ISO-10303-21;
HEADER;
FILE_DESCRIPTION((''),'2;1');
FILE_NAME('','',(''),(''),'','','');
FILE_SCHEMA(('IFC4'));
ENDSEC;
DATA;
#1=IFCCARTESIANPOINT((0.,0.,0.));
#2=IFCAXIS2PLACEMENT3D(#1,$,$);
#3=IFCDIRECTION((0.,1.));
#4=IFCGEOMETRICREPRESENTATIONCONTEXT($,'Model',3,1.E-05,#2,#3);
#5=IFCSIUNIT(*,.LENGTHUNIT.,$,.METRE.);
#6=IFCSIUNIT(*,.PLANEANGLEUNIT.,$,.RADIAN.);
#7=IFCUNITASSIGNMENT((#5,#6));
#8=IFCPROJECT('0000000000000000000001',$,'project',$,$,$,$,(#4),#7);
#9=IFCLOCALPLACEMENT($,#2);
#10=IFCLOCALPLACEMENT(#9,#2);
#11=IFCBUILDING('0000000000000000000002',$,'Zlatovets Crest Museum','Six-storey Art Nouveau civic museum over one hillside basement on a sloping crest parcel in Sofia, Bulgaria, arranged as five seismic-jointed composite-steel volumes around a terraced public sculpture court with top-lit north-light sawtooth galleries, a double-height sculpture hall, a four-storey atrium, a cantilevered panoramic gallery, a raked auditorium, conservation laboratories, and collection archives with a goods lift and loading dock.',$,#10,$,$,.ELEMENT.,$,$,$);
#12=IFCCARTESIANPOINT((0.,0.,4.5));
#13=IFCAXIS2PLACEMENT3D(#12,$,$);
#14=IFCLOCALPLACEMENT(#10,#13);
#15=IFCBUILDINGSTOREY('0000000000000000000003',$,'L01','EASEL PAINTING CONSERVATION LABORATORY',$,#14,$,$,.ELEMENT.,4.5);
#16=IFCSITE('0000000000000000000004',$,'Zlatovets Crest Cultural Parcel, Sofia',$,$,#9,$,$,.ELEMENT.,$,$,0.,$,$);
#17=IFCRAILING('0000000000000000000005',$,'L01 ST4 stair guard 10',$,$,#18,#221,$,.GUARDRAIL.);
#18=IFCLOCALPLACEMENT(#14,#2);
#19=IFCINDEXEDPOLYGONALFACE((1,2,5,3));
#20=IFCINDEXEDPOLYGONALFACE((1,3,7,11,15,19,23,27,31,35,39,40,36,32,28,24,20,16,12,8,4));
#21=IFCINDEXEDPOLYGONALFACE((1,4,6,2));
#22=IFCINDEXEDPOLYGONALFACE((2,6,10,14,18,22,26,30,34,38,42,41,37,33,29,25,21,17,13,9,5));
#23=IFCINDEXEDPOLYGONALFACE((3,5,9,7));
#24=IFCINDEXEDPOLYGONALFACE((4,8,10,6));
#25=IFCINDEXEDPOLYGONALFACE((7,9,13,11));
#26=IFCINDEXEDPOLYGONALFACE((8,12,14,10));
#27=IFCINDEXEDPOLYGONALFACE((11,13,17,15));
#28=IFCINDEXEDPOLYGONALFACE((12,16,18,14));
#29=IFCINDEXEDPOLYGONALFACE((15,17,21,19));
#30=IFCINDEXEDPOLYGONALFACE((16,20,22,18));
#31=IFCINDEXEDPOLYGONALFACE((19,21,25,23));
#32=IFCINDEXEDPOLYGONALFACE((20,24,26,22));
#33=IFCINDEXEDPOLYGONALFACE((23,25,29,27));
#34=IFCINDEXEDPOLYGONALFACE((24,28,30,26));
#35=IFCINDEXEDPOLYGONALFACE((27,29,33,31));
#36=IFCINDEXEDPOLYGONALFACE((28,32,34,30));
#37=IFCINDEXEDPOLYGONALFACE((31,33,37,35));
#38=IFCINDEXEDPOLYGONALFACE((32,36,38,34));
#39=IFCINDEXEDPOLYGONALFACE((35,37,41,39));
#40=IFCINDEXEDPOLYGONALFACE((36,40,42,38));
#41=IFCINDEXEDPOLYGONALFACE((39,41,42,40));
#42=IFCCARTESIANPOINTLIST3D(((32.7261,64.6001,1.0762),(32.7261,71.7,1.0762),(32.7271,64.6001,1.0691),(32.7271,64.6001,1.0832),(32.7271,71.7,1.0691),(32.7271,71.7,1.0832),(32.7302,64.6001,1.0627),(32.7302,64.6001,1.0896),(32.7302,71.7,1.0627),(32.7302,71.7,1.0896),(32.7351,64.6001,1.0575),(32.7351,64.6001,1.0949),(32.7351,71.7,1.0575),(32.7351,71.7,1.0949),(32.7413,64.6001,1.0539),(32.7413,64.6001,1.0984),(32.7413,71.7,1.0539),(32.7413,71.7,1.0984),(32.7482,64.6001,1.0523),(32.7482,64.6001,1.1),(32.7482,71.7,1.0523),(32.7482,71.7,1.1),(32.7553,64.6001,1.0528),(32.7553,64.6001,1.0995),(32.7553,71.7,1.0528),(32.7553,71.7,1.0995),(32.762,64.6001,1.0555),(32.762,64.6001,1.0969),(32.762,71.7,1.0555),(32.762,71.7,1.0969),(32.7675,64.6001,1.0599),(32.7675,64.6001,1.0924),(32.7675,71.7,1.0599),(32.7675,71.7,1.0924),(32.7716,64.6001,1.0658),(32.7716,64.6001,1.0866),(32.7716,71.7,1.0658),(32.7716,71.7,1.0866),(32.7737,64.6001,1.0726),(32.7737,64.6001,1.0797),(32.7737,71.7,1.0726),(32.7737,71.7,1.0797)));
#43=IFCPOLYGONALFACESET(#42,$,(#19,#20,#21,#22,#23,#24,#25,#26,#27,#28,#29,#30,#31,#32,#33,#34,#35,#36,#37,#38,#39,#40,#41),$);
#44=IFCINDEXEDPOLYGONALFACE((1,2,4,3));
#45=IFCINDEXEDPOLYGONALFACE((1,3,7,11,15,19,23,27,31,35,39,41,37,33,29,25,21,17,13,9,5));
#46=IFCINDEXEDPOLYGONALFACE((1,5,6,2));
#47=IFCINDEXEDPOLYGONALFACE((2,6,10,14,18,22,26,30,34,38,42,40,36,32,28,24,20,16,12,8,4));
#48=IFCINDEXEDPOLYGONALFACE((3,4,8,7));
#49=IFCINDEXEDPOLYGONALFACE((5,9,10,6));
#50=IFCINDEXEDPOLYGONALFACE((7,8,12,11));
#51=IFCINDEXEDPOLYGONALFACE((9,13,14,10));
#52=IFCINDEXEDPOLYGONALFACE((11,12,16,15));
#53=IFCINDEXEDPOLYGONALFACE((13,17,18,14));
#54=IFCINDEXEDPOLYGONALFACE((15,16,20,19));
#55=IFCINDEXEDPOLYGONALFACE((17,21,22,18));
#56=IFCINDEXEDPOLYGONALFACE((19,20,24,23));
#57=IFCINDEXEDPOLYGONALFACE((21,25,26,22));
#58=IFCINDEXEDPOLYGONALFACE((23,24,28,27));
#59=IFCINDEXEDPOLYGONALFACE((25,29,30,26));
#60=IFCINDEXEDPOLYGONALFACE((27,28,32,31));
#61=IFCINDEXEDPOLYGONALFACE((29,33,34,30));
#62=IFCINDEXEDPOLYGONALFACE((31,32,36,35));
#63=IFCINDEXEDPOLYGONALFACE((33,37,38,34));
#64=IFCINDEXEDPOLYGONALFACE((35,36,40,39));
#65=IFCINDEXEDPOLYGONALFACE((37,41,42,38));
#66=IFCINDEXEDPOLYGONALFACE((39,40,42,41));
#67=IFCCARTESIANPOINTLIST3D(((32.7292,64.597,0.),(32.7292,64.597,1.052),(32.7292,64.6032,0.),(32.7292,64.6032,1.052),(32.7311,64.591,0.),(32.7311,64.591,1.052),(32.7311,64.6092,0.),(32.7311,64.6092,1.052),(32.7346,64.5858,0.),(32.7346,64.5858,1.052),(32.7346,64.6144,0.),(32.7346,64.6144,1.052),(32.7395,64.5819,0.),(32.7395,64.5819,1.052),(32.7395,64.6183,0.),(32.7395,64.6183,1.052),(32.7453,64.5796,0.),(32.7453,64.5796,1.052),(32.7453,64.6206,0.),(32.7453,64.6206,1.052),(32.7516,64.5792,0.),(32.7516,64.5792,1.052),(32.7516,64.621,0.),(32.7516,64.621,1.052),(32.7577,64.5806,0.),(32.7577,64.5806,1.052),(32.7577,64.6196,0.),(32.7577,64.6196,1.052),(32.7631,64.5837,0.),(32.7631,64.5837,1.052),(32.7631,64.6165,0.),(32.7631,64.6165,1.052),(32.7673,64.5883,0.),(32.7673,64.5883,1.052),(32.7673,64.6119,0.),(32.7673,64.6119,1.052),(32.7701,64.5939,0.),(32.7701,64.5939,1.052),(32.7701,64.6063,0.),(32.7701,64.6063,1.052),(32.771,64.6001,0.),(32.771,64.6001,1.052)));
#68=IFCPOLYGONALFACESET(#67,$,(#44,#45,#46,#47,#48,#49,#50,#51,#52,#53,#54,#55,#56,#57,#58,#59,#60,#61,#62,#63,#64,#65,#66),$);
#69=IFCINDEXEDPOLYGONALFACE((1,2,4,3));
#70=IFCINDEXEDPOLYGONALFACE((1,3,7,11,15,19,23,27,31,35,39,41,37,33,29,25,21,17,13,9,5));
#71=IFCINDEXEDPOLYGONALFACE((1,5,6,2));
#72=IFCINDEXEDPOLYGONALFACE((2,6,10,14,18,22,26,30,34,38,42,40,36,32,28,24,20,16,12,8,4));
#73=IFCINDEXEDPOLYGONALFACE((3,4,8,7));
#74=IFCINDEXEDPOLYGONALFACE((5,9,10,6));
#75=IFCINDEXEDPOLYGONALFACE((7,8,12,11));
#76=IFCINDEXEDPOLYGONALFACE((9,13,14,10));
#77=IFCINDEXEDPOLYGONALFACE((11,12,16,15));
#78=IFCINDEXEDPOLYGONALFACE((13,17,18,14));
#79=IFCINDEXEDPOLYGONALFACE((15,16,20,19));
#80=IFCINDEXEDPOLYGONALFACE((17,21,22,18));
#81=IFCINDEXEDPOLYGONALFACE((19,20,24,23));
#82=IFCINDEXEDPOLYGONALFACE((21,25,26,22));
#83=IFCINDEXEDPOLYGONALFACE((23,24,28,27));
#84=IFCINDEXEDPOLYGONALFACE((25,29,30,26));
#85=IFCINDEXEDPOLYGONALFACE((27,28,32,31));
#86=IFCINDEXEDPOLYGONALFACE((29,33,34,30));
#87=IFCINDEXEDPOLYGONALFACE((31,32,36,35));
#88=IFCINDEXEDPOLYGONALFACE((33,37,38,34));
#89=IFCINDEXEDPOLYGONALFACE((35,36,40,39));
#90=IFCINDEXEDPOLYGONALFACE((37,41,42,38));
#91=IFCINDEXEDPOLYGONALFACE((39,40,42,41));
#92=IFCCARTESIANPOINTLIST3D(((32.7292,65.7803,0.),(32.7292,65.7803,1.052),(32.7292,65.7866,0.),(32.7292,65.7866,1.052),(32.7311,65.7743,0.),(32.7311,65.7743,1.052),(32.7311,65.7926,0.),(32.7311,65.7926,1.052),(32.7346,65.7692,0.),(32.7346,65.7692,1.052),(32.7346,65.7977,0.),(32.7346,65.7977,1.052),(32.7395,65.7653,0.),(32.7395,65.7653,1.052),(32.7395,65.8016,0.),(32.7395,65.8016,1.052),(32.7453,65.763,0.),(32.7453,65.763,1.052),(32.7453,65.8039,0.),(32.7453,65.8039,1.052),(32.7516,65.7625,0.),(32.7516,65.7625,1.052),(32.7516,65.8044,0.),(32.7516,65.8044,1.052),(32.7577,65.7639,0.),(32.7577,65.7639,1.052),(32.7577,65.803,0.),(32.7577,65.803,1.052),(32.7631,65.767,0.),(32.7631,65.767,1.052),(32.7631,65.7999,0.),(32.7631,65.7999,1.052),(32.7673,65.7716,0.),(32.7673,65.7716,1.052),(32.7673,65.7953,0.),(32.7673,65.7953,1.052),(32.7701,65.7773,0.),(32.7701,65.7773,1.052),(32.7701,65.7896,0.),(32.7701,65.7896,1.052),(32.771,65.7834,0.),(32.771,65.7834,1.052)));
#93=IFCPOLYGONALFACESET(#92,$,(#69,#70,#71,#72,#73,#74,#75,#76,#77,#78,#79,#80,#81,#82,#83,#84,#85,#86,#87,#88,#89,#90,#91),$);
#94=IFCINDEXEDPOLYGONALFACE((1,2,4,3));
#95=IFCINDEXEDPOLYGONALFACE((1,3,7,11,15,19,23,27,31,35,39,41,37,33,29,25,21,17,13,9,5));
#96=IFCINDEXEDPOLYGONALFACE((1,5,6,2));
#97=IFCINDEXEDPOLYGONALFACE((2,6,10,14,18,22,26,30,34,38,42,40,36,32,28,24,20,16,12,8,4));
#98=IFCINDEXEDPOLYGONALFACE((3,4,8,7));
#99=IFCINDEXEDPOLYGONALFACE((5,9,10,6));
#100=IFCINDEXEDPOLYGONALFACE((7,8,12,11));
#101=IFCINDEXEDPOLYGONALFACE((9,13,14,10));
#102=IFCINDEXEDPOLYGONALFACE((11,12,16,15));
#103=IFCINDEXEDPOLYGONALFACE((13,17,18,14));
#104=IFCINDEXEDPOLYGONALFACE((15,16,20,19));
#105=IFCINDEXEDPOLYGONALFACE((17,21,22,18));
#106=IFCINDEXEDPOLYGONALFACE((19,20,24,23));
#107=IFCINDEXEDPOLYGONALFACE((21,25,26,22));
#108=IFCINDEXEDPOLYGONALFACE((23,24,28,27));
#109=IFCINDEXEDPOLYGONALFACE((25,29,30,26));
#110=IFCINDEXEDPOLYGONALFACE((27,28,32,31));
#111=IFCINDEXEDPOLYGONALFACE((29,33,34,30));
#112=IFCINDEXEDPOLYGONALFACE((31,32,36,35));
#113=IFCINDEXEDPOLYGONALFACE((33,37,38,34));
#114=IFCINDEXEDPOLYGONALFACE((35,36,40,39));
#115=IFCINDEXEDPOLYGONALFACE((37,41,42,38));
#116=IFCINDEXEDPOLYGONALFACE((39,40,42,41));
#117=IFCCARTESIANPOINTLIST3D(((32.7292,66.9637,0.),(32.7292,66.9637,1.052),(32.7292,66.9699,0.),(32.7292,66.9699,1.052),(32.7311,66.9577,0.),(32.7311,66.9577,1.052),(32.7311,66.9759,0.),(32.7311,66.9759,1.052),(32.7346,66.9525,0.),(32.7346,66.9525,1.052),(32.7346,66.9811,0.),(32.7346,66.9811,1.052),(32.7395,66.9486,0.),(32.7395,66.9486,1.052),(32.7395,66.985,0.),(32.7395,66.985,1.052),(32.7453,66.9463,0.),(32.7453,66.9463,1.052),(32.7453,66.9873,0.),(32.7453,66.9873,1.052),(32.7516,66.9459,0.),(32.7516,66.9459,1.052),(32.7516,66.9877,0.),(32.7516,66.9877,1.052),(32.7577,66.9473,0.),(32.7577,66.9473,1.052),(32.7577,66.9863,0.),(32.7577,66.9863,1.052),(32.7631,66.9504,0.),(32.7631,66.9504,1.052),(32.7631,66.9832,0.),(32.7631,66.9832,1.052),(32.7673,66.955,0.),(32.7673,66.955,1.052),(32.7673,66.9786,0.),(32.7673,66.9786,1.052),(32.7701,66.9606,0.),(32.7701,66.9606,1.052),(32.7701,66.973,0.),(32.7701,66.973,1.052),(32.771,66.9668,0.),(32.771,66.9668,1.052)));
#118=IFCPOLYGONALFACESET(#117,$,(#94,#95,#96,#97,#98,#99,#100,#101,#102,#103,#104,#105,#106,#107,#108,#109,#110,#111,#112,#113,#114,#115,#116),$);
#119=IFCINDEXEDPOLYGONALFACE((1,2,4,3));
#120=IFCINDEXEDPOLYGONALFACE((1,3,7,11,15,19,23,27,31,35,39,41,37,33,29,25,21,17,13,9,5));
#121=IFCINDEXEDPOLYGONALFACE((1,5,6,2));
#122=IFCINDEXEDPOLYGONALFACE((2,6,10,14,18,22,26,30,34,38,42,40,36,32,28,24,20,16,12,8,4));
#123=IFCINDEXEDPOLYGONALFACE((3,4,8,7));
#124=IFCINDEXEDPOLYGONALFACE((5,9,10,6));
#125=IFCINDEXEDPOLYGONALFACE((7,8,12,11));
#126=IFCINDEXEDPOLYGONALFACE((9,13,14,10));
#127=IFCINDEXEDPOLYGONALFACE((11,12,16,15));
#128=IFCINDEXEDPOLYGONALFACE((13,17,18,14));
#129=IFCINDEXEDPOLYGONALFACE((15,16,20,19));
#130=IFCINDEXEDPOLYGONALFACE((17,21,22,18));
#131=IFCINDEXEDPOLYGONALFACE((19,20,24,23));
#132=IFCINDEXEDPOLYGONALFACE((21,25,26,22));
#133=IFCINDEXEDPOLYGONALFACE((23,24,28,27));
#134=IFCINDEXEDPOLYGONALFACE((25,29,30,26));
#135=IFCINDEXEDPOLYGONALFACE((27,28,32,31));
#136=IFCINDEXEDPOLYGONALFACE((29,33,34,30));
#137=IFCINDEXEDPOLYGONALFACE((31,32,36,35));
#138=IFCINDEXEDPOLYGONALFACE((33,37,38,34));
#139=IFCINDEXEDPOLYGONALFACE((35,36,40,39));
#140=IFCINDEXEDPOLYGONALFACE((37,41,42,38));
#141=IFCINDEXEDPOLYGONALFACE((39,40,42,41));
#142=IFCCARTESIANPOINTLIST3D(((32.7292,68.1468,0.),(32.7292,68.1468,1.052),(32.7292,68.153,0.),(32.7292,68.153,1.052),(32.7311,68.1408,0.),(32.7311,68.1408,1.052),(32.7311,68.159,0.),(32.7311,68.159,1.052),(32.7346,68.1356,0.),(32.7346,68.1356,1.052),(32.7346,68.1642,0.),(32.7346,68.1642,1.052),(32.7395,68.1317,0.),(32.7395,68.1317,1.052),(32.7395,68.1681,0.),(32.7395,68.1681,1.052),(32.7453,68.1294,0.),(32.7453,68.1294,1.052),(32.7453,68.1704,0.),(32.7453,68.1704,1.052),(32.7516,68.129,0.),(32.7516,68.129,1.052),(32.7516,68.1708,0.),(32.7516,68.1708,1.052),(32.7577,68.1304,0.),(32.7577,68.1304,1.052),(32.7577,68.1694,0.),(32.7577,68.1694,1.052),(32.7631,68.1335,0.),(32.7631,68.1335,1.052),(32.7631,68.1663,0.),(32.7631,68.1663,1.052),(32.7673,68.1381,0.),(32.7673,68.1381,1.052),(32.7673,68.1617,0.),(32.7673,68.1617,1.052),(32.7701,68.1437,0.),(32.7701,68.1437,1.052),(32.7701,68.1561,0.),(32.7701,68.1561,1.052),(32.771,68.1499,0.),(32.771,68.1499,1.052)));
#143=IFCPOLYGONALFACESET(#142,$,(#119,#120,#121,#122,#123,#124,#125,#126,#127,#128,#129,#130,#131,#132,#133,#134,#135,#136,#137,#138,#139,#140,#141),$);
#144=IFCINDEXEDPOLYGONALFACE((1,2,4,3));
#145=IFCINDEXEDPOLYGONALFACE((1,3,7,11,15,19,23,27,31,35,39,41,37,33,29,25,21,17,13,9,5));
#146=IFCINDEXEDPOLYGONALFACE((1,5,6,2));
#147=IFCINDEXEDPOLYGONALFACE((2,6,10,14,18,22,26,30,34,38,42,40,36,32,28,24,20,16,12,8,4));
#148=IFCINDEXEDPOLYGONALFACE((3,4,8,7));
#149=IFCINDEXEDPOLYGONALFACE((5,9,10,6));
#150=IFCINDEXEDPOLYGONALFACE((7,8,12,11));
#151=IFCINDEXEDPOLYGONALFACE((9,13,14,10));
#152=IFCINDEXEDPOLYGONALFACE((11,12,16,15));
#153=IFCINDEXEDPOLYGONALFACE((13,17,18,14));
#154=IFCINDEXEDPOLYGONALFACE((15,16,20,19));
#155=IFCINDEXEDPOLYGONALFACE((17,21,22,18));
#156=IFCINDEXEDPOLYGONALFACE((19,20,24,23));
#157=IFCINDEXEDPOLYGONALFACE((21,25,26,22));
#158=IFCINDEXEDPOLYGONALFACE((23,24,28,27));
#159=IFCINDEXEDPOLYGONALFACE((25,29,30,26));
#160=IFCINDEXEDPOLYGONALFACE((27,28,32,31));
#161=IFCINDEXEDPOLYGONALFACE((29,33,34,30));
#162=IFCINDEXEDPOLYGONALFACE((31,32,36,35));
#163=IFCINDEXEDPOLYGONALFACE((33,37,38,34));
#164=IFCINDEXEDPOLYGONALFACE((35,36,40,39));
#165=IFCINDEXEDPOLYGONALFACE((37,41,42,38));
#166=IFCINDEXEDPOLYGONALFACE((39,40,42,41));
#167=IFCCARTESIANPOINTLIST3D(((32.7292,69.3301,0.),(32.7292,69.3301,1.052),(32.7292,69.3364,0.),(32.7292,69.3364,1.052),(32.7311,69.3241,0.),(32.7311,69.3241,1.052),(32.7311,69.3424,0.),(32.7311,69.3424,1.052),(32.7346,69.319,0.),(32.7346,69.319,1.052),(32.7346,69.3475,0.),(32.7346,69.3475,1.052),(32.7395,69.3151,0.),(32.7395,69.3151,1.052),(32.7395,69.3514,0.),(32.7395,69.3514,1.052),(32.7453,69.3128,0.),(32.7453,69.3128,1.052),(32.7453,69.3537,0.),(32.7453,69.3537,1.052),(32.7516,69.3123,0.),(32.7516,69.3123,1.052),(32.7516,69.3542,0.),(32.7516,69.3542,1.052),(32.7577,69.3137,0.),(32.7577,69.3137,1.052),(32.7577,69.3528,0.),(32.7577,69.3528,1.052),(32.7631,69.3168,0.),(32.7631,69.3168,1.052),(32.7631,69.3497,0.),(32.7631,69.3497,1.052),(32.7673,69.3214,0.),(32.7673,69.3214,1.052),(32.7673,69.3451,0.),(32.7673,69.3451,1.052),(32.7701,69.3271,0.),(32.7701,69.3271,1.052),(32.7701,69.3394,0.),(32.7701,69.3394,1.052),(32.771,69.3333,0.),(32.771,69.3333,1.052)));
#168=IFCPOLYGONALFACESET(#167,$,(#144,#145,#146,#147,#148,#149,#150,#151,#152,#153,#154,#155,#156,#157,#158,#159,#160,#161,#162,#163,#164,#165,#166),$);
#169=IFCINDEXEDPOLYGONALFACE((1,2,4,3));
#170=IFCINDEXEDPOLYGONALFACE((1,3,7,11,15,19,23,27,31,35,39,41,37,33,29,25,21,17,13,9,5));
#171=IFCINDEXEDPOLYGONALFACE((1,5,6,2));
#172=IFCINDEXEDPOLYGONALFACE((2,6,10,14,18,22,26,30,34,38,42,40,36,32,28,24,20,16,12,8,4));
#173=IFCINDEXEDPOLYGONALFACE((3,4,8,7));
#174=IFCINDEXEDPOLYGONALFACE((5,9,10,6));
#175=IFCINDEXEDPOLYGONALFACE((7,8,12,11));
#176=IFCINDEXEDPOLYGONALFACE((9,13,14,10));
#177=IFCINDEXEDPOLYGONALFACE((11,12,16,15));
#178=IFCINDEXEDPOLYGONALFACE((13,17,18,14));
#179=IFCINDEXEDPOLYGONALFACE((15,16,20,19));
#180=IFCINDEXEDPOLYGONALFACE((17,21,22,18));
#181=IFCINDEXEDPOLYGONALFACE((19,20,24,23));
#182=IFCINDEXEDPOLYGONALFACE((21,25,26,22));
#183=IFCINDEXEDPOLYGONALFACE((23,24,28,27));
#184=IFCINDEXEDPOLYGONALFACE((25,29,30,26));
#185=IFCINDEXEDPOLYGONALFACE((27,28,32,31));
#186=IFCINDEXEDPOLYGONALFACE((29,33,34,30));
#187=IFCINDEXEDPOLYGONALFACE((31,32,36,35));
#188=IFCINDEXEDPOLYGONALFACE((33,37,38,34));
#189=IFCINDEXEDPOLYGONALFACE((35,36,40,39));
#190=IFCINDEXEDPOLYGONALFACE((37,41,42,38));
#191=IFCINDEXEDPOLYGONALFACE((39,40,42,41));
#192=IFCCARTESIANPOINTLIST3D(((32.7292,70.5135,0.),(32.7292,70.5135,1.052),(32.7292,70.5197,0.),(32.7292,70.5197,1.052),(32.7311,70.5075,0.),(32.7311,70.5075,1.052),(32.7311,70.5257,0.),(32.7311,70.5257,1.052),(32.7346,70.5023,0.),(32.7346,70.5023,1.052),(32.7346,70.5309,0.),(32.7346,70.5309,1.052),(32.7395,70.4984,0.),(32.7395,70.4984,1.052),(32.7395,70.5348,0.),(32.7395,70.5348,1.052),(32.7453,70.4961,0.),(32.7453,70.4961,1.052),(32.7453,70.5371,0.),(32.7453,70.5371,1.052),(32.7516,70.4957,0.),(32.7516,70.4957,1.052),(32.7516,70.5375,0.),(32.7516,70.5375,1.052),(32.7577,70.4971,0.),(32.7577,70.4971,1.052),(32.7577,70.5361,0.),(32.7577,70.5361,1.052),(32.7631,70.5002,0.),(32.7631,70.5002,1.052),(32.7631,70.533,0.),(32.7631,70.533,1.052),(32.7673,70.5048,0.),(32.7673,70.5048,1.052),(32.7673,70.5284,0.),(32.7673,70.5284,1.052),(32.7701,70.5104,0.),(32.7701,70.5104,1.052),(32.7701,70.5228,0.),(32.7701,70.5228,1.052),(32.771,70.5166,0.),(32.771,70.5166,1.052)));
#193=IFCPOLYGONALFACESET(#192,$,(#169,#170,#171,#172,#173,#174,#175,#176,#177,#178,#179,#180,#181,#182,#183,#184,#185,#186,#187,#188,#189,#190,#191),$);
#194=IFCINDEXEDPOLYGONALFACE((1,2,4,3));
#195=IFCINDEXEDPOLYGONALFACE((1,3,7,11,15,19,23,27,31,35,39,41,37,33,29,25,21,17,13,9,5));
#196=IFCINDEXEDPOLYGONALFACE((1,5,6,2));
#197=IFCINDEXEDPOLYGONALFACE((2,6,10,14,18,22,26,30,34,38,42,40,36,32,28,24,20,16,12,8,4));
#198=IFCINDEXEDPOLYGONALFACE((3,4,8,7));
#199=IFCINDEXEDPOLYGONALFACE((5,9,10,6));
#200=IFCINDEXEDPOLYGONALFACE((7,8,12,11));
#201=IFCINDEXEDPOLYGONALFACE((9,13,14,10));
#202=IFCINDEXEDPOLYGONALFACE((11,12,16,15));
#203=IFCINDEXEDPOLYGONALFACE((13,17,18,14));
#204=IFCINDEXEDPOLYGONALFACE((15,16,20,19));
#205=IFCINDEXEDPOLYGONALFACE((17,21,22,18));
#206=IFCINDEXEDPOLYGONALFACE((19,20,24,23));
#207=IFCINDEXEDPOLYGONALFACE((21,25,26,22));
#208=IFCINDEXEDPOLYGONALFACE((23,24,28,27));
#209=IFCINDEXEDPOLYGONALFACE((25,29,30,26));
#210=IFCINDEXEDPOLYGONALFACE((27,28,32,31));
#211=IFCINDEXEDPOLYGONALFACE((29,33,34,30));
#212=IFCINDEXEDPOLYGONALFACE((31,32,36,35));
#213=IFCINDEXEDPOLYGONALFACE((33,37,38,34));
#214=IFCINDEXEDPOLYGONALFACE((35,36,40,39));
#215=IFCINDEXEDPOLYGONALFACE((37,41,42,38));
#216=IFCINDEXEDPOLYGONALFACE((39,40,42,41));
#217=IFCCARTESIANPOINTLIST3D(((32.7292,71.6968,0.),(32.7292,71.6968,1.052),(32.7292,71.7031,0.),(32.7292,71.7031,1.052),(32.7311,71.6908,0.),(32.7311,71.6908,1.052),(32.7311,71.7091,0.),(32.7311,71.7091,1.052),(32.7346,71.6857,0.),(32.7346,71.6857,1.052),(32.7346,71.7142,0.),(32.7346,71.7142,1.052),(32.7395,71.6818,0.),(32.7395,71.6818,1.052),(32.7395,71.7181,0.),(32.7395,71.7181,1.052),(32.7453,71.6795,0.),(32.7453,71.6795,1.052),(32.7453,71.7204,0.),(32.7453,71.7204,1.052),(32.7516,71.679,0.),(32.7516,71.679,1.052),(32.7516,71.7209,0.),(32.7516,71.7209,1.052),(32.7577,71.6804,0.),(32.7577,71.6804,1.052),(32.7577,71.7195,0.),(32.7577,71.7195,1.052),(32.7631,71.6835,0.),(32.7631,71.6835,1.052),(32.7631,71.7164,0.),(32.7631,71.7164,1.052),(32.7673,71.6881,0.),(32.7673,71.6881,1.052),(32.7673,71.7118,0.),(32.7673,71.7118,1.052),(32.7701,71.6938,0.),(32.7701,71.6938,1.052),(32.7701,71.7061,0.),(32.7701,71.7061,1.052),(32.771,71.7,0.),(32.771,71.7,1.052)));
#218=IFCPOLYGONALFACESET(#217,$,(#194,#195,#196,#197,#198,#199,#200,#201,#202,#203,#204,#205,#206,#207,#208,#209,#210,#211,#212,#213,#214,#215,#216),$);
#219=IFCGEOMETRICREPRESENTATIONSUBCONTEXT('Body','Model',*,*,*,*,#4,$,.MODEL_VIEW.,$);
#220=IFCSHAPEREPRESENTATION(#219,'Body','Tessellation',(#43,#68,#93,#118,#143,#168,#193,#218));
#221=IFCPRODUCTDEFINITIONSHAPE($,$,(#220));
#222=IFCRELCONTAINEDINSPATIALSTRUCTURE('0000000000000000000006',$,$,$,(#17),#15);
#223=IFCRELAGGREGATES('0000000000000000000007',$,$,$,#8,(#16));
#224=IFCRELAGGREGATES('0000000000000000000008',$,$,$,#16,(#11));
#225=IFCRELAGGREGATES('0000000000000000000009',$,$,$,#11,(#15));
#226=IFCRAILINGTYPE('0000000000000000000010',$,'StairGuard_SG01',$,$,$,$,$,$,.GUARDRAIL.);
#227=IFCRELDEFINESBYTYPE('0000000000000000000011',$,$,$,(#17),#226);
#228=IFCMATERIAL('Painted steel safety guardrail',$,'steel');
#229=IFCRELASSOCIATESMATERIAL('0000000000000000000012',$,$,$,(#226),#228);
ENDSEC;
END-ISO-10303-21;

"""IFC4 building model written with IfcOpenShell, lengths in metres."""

from ifc_helpers import new_model, si_unit, direction, frame, origin, origin_2d, place, context, subcontext, project, spatial, circle, extrude, material, type_object, element, save


model = new_model("IFC4")

# Units and contexts
model_context = context("Model", 3, precision=1e-05, world=origin(), true_north=direction((0.0, 1.0)))
body_context = subcontext(model_context, "Body", "Model", "MODEL_VIEW")
ifc_project = project(units=[si_unit("LENGTHUNIT", "METRE"), si_unit("PLANEANGLEUNIT", "RADIAN")], contexts=[model_context])

# Site, building, storey
site_placement = place(None, origin())
site = spatial("IfcSite", under=ifc_project, at=site_placement, Name="Zlatovets Crest Cultural Parcel, Sofia", CompositionType="ELEMENT", RefElevation=0.0)
building_placement = place(site_placement, origin())
building = spatial("IfcBuilding", under=site, at=building_placement, Name="Zlatovets Crest Museum", Description="Six-storey Art Nouveau civic museum over one hillside basement on a sloping crest parcel in Sofia, Bulgaria, arranged as five seismic-jointed composite-steel volumes around a terraced public sculpture court with top-lit north-light sawtooth galleries, a double-height sculpture hall, a four-storey atrium, a cantilevered panoramic gallery, a raked auditorium, conservation laboratories, and collection archives with a goods lift and loading dock.", CompositionType="ELEMENT")
storey_placement = place(building_placement, frame((0.0, 0.0, 4.5)))
storey = spatial("IfcBuildingStorey", under=building, at=storey_placement, Name="L01", Description="EASEL PAINTING CONSERVATION LABORATORY", CompositionType="ELEMENT", Elevation=4.5)

# Railing
ifc_material_1 = material(Name="Painted steel safety guardrail", Category="steel")
railing_type_1 = type_object("IfcRailingType", Name="StairGuard_SG01", PredefinedType="GUARDRAIL", material=ifc_material_1)
railing_1_placement = place(storey_placement, frame((32.75, 64.6001, 0.0)))
element("IfcRailing", 1, at=railing_1_placement, inside=storey, type_object=railing_type_1, Name="L01 ST4 stair guard 10", PredefinedType="GUARDRAIL", context=body_context, shape_type="SweptSolid", body=[
    extrude(circle(Radius=0.0239, at=origin_2d()), frame((0.0, 0.0, 1.0762), z_axis=(0.0, 1.0, 0.0), x_axis=(-1.0, 0.0, 0.0)), (0.0, 0.0, 1.0), 7.0999),
    extrude(circle(Radius=0.021, at=origin_2d()), origin(), (0.0, 0.0, 1.0), 1.052),
    extrude(circle(Radius=0.021, at=origin_2d()), frame((0.0, 1.1833, 0.0)), (0.0, 0.0, 1.0), 1.052),
    extrude(circle(Radius=0.021, at=origin_2d()), frame((0.0, 2.3667, 0.0)), (0.0, 0.0, 1.0), 1.052),
    extrude(circle(Radius=0.021, at=origin_2d()), frame((0.0, 3.5498, 0.0)), (0.0, 0.0, 1.0), 1.052),
    extrude(circle(Radius=0.021, at=origin_2d()), frame((0.0, 4.7332, 0.0)), (0.0, 0.0, 1.0), 1.052),
    extrude(circle(Radius=0.021, at=origin_2d()), frame((0.0, 5.9165, 0.0)), (0.0, 0.0, 1.0), 1.052),
    extrude(circle(Radius=0.021, at=origin_2d()), frame((0.0, 7.0999, 0.0)), (0.0, 0.0, 1.0), 1.052),
])

save(model, "model.ifc")
